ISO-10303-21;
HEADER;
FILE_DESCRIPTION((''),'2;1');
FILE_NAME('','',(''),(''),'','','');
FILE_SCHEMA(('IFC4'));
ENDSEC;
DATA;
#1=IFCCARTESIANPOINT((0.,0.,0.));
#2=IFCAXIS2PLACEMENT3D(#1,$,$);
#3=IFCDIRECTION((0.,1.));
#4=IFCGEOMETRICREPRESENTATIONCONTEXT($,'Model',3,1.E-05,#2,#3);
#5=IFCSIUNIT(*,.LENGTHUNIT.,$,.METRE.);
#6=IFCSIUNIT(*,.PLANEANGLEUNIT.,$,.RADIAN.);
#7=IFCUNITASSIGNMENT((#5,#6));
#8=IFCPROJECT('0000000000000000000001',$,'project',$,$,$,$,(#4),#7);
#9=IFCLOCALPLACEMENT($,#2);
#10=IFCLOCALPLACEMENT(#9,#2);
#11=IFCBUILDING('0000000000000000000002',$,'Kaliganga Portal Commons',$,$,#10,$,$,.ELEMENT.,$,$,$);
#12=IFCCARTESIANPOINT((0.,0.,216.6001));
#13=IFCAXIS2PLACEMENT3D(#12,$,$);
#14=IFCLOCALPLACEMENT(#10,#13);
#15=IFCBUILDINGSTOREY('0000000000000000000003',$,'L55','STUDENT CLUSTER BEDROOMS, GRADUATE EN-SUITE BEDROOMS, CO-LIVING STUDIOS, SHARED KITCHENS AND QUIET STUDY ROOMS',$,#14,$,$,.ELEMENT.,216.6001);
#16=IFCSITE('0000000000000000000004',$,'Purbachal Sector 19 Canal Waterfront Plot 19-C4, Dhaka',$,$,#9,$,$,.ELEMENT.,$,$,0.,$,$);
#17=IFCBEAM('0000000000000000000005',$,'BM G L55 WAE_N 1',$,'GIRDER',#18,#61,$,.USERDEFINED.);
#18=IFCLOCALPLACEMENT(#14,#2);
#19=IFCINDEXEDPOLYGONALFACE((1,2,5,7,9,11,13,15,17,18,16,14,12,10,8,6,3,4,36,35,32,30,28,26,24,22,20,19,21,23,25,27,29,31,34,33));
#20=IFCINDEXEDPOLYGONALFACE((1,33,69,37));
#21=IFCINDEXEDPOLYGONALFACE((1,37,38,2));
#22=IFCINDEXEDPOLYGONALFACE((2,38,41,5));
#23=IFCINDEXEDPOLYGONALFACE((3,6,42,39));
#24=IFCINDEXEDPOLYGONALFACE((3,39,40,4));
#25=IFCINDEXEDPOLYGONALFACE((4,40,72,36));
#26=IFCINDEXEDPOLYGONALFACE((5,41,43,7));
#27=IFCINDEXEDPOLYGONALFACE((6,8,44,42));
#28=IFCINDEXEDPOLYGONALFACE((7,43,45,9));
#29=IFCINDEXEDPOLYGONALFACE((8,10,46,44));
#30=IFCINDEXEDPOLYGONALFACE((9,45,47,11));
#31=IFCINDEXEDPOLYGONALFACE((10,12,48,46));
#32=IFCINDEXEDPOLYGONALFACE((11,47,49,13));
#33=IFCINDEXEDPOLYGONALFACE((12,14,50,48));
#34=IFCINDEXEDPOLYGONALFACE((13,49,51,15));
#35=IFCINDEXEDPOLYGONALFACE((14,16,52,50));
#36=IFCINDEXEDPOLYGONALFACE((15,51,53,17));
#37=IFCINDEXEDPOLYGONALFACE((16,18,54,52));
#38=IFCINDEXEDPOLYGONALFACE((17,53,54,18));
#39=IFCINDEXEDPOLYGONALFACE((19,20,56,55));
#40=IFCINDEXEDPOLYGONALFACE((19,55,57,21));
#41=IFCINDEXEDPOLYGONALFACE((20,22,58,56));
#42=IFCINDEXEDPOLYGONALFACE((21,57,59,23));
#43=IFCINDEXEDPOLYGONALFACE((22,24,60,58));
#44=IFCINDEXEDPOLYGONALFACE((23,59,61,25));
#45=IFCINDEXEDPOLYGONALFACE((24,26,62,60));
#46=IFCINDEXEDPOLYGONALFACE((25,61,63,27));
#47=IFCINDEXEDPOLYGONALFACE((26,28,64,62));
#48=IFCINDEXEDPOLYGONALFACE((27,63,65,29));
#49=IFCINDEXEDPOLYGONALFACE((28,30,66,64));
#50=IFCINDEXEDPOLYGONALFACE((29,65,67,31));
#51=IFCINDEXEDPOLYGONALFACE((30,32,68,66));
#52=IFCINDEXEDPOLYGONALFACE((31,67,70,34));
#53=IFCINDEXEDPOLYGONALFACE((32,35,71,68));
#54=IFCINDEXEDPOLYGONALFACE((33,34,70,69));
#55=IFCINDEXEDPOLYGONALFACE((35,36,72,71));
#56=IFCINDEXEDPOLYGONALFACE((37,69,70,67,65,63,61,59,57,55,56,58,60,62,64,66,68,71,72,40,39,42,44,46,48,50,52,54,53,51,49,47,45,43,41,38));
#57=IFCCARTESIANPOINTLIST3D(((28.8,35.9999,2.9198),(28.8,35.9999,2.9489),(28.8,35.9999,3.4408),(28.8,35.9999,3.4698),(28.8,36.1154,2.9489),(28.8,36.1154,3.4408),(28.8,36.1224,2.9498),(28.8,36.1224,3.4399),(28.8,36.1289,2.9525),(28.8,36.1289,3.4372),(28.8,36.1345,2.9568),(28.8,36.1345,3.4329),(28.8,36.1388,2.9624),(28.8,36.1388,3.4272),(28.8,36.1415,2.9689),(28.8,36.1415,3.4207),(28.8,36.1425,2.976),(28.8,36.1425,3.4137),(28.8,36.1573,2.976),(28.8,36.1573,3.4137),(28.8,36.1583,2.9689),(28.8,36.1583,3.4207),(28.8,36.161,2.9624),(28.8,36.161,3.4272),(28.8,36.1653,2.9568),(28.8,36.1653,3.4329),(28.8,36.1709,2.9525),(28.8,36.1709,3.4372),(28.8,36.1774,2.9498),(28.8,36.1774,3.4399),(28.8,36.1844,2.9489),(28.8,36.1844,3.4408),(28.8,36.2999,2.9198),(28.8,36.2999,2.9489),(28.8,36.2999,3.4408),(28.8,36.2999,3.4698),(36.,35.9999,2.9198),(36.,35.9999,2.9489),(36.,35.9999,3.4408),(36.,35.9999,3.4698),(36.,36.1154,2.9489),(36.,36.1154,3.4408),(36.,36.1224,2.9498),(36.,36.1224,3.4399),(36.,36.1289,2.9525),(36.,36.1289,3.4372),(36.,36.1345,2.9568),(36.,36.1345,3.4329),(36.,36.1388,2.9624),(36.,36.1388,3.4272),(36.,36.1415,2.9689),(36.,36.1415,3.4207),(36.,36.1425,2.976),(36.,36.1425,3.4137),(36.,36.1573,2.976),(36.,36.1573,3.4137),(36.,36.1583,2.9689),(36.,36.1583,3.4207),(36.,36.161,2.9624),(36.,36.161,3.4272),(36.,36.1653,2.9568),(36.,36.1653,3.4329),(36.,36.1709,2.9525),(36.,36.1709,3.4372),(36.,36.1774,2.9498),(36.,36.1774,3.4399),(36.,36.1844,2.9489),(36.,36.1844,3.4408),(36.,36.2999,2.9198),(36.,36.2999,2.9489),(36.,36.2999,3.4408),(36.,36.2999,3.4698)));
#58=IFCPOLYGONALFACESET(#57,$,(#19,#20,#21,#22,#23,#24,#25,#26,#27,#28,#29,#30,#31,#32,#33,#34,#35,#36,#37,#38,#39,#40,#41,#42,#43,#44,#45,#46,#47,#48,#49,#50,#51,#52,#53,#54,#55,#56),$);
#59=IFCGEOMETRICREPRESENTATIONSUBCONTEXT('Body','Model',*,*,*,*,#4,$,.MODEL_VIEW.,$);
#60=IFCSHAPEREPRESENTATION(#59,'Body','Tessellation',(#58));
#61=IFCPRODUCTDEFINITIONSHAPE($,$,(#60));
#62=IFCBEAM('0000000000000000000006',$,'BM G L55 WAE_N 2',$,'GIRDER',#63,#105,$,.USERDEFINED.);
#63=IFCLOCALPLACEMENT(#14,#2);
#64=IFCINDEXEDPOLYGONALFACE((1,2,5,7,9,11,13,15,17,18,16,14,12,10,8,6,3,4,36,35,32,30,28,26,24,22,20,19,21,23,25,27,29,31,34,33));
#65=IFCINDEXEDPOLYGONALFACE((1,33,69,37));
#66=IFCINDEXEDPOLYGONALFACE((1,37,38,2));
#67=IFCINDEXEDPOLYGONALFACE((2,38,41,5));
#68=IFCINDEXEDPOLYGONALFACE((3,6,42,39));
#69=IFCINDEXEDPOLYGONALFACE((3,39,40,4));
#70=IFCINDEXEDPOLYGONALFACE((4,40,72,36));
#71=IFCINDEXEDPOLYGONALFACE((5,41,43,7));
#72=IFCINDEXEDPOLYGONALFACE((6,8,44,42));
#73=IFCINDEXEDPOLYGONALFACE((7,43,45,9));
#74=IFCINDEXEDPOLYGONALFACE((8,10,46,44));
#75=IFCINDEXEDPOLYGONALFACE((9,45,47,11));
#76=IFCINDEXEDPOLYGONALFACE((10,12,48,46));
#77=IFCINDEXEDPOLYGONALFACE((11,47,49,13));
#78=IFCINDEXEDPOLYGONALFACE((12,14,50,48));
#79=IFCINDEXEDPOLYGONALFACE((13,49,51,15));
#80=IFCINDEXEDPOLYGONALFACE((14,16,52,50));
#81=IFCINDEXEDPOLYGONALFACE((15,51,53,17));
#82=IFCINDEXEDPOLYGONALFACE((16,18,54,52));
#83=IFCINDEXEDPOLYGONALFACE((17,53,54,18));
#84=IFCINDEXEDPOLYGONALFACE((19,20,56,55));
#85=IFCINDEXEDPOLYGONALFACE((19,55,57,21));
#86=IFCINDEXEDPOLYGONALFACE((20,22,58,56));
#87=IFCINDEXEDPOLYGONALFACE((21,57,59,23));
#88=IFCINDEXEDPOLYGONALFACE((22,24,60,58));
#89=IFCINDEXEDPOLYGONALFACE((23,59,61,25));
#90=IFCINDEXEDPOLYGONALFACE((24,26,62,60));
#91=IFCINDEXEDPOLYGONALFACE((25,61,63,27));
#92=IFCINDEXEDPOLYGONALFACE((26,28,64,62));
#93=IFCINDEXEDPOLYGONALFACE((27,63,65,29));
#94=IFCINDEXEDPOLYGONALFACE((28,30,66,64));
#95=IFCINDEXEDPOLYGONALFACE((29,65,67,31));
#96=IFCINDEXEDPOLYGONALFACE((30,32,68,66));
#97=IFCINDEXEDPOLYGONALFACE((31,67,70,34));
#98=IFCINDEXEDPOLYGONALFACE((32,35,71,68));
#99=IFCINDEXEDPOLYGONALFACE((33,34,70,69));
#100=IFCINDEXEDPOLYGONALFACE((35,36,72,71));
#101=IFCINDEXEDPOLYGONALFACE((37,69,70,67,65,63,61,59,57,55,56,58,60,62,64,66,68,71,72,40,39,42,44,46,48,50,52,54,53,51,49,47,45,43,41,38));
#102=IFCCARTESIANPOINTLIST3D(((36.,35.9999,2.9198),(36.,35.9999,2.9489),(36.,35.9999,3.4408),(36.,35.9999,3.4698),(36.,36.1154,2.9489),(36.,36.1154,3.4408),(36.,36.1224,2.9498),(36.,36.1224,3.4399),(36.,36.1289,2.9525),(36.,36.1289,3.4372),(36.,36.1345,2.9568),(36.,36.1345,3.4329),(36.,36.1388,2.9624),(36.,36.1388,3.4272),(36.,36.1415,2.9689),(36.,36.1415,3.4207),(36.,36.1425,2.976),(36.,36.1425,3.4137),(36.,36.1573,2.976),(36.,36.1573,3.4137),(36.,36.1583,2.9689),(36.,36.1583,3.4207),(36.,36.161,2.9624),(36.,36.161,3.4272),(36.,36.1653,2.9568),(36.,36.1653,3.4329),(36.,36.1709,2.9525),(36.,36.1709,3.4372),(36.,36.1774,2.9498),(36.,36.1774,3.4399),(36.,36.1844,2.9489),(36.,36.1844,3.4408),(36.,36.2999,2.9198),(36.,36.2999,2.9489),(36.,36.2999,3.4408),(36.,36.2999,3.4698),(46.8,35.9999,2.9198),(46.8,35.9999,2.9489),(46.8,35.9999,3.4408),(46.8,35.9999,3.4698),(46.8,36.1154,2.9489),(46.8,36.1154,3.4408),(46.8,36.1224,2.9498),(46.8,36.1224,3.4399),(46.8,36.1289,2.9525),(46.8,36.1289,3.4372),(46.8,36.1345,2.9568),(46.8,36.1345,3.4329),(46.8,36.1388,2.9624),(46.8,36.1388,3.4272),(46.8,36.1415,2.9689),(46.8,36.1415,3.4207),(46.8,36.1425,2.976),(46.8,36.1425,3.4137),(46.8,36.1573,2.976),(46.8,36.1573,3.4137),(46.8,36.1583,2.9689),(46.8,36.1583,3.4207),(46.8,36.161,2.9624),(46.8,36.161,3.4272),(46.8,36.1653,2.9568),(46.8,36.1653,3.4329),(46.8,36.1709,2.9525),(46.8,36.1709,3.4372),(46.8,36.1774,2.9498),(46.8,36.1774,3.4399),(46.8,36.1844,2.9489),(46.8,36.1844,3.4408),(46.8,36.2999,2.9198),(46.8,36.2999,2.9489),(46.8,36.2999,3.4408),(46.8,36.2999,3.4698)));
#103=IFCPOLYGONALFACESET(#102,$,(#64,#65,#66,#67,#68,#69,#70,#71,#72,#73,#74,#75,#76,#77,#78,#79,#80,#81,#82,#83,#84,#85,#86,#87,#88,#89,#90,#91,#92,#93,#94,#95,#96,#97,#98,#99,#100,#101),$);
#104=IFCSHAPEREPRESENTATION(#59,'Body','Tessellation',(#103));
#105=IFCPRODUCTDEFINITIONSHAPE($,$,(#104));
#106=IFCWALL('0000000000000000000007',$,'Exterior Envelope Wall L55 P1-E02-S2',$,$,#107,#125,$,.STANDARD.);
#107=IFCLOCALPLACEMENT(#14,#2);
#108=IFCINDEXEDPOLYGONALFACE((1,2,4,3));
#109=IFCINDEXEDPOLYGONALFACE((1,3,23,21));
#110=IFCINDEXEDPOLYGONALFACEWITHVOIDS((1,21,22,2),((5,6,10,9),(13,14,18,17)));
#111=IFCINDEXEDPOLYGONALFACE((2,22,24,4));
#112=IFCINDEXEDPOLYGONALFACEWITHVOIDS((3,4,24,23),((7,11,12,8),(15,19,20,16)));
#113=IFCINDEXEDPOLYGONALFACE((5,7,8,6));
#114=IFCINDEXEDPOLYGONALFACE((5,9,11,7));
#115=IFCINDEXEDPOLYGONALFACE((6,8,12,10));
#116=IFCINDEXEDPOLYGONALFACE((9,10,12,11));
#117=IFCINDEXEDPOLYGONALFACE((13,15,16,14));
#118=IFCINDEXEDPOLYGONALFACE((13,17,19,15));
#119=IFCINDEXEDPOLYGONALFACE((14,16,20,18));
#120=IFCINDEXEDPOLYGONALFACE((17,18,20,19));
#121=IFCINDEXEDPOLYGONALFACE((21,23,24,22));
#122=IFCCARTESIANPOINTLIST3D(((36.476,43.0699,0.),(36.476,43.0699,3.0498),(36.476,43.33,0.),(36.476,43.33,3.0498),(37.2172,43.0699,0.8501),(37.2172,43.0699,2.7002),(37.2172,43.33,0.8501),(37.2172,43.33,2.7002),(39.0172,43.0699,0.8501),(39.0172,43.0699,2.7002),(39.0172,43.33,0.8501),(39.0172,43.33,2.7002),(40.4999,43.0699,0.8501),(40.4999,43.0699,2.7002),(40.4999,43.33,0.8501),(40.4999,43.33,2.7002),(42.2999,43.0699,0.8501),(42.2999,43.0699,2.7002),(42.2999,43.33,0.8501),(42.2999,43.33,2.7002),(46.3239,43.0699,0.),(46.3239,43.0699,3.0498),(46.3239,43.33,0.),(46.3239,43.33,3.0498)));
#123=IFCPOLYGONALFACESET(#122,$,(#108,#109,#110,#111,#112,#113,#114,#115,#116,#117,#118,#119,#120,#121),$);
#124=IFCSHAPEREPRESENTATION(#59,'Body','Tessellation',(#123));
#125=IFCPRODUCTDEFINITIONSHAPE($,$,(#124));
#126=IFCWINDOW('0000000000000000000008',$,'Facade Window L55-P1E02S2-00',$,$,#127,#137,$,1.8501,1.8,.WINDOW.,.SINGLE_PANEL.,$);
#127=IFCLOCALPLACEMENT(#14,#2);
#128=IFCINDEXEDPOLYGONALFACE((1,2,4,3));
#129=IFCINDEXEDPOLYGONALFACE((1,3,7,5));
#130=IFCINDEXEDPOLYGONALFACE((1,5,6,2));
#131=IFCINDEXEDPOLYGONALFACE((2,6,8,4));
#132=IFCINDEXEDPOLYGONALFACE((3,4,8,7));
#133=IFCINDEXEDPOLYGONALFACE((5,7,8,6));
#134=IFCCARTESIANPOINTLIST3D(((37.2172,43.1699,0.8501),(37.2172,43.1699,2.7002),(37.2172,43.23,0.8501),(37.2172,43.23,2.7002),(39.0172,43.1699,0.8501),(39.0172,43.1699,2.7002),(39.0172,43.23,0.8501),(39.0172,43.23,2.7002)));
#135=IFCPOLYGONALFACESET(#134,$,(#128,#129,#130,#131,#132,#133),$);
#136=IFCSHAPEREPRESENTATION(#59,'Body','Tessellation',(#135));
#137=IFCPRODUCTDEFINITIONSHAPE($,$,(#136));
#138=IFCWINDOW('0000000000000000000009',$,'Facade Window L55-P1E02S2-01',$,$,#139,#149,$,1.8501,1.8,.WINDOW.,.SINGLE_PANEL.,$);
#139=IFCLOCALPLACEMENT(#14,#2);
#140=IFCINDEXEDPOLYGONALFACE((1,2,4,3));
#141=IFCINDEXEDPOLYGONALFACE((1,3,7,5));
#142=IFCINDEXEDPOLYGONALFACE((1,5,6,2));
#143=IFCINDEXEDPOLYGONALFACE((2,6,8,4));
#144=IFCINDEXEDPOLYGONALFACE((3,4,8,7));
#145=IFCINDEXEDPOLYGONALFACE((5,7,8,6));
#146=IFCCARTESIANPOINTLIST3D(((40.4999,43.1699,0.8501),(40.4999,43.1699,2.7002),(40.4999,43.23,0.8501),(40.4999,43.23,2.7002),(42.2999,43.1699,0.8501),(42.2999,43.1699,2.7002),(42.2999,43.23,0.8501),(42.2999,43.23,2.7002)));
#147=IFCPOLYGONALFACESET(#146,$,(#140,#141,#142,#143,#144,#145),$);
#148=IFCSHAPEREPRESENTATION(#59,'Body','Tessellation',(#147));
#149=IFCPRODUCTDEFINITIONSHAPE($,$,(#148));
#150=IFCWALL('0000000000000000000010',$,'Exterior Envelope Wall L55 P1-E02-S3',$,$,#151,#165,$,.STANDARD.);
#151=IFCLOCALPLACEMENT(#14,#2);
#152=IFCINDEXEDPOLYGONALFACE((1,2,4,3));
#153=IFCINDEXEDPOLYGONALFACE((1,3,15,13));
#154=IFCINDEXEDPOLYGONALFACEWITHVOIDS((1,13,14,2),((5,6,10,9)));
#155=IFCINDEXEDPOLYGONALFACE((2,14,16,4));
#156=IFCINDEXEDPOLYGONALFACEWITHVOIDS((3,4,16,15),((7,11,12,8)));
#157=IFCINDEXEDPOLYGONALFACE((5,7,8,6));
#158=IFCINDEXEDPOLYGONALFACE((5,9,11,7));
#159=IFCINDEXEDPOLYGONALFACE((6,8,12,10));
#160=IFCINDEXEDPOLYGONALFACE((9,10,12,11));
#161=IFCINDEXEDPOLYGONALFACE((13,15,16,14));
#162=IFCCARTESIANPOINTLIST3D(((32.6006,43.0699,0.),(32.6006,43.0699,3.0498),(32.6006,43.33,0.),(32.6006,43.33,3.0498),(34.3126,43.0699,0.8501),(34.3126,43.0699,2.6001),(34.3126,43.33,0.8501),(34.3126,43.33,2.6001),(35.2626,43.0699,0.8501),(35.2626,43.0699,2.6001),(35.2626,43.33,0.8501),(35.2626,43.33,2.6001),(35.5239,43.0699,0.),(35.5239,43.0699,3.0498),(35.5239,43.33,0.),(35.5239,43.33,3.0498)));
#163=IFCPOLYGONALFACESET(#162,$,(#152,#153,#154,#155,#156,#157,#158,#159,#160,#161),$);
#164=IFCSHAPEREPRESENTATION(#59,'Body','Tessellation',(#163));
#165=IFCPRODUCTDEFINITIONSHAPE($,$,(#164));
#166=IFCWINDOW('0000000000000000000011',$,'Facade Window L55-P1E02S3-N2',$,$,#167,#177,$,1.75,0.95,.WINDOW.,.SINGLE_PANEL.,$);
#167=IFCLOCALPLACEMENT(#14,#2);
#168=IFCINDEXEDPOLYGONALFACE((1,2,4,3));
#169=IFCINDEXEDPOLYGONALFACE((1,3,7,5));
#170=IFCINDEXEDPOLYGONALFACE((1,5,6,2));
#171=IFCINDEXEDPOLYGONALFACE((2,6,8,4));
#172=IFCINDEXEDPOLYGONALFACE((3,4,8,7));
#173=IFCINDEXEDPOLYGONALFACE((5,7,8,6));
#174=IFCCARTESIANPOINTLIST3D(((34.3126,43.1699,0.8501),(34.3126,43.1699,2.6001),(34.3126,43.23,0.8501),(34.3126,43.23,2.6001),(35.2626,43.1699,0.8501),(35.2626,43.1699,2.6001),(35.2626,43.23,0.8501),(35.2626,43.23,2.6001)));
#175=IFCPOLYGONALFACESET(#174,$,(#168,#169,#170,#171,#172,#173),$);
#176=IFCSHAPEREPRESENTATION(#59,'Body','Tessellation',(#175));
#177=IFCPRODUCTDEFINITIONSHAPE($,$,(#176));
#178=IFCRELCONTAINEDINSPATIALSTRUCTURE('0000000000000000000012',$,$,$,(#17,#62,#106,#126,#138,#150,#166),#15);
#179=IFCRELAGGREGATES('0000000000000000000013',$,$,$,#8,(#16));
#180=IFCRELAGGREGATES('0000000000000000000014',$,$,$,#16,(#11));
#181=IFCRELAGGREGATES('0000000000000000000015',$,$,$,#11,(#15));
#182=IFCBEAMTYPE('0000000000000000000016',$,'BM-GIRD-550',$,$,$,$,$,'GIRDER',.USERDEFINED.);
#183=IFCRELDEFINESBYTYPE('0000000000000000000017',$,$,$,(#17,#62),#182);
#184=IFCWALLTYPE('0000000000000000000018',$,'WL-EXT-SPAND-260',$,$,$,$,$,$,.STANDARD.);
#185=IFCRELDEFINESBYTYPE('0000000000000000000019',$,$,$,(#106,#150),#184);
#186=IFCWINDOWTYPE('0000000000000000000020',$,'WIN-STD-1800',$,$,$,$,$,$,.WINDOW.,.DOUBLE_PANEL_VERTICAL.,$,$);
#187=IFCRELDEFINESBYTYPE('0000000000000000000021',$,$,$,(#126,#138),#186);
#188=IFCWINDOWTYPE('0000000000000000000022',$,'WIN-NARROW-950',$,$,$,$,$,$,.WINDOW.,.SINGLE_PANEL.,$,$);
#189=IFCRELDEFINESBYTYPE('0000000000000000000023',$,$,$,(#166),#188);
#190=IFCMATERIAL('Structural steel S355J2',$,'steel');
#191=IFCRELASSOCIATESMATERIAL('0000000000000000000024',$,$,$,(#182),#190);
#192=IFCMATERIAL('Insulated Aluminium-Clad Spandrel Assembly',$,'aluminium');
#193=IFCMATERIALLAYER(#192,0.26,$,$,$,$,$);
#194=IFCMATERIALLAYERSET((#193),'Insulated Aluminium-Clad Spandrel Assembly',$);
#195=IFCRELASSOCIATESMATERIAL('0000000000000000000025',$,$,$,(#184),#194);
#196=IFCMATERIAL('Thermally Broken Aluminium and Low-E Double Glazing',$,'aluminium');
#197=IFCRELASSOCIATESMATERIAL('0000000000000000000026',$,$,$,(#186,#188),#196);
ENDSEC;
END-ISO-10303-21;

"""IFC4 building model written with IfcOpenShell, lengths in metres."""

from ifc_helpers import new_model, si_unit, direction, frame, frame_2d, origin, origin_2d, place, context, subcontext, project, spatial, rectangle, i_section, extrude, source, transform, mapped, material, layer, layer_set, material_profile, profile_set, type_object, element, fill, save


model = new_model("IFC4")

# Units and contexts
model_context = context("Model", 3, precision=1e-05, world=origin(), true_north=direction((0.0, 1.0)))
body_context = subcontext(model_context, "Body", "Model", "MODEL_VIEW")
ifc_project = project(units=[si_unit("LENGTHUNIT", "METRE"), si_unit("PLANEANGLEUNIT", "RADIAN")], contexts=[model_context])

# Site, building, storey
site_placement = place(None, origin())
site = spatial("IfcSite", under=ifc_project, at=site_placement, Name="Purbachal Sector 19 Canal Waterfront Plot 19-C4, Dhaka", CompositionType="ELEMENT", RefElevation=0.0)
building_placement = place(site_placement, origin())
building = spatial("IfcBuilding", under=site, at=building_placement, Name="Kaliganga Portal Commons", CompositionType="ELEMENT")
storey_placement = place(building_placement, frame((0.0, 0.0, 216.6001)))
storey = spatial("IfcBuildingStorey", under=building, at=storey_placement, Name="L55", Description="STUDENT CLUSTER BEDROOMS, GRADUATE EN-SUITE BEDROOMS, CO-LIVING STUDIOS, SHARED KITCHENS AND QUIET STUDY ROOMS", CompositionType="ELEMENT", Elevation=216.6001)

# Shared definitions
ifc_material_1 = material(Name="Structural steel S355J2", Category="steel")

# Beams
ifc_material_profile_1 = material_profile(ifc_material_1, i_section(OverallWidth=0.3, OverallDepth=0.55, WebThickness=0.0149, FlangeThickness=0.0291, FilletRadius=0.0271, at=origin_2d()), Name="HE 550 B")
ifc_profile_set_1 = profile_set([ifc_material_profile_1], Name="Structural steel S355J2 wide-flange")
beam_type_1 = type_object("IfcBeamType", Name="BM-GIRD-550", ElementType="GIRDER", PredefinedType="USERDEFINED", material=ifc_profile_set_1)
shared_shape_1 = source(origin(), body_context, "Body", "SweptSolid", [
    extrude(i_section(OverallWidth=0.3, OverallDepth=0.55, WebThickness=0.0149, FlangeThickness=0.0291, FilletRadius=0.0271, at=origin_2d()), origin(), (0.0, 0.0, 1.0), 7.2),
])
beam_1_placement = place(storey_placement, frame((28.8, 36.1499, 3.1948), z_axis=(1.0, 0.0, 0.0), x_axis=(0.0, 1.0, 0.0)))
element("IfcBeam", 1, at=beam_1_placement, inside=storey, type_object=beam_type_1, Name="BM G L55 WAE_N 1", ObjectType="GIRDER", PredefinedType="USERDEFINED", context=body_context, shape_type="MappedRepresentation", body=[
    mapped(shared_shape_1, transform((0.0, 0.0, 0.0), x_axis=(1.0, 0.0, 0.0), y_axis=(0.0, 1.0, 0.0), z_axis=(0.0, 0.0, 1.0), scale=1.0)),
])
shared_shape_2 = source(origin(), body_context, "Body", "SweptSolid", [
    extrude(i_section(OverallWidth=0.3, OverallDepth=0.55, WebThickness=0.0149, FlangeThickness=0.0291, FilletRadius=0.0271, at=origin_2d()), origin(), (0.0, 0.0, 1.0), 10.8),
])
beam_2_placement = place(storey_placement, frame((36.0, 36.1499, 3.1948), z_axis=(1.0, 0.0, 0.0), x_axis=(0.0, 1.0, 0.0)))
element("IfcBeam", 2, at=beam_2_placement, inside=storey, type_object=beam_type_1, Name="BM G L55 WAE_N 2", ObjectType="GIRDER", PredefinedType="USERDEFINED", context=body_context, shape_type="MappedRepresentation", body=[
    mapped(shared_shape_2, transform((0.0, 0.0, 0.0), x_axis=(1.0, 0.0, 0.0), y_axis=(0.0, 1.0, 0.0), z_axis=(0.0, 0.0, 1.0), scale=1.0)),
])

# Wall, openings, windows
ifc_material_2 = material(Name="Insulated Aluminium-Clad Spandrel Assembly", Category="aluminium")
ifc_layer_1 = layer(ifc_material_2, 0.26)
ifc_layer_set_1 = layer_set([ifc_layer_1], Name="Insulated Aluminium-Clad Spandrel Assembly")
wall_type_1 = type_object("IfcWallType", Name="WL-EXT-SPAND-260", PredefinedType="STANDARD", material=ifc_layer_set_1)
wall_1_placement = place(storey_placement, frame((36.4761, 43.2, 0.0), z_axis=(0.0, 0.0, 1.0), x_axis=(1.0, 0.0, 0.0)))
wall_1 = element("IfcWall", 3, at=wall_1_placement, inside=storey, type_object=wall_type_1, Name="Exterior Envelope Wall L55 P1-E02-S2", PredefinedType="STANDARD", context=body_context, shape_type="SweptSolid", body=[
    extrude(rectangle(XDim=9.8479, YDim=0.26, at=frame_2d((4.9238, 0.0))), origin(), (0.0, 0.0, 1.0), 3.0498),
])
opening_1_placement = place(wall_1_placement, frame((0.7412, 0.0, 0.8501)))
opening_1 = element("IfcOpeningElement", 4, at=opening_1_placement, cuts=wall_1, PredefinedType="OPENING", context=body_context, shape_type="SweptSolid", body=[
    extrude(rectangle(XDim=1.8, YDim=1.8501, at=frame_2d((0.8999, 0.925))), frame((0.0, 0.1401, 0.0), z_axis=(0.0, -1.0, 0.0), x_axis=(1.0, 0.0, 0.0)), (0.0, 0.0, 1.0), 0.28),
])
opening_2_placement = place(wall_1_placement, frame((4.0239, 0.0, 0.8501)))
opening_2 = element("IfcOpeningElement", 5, at=opening_2_placement, cuts=wall_1, PredefinedType="OPENING", context=body_context, shape_type="SweptSolid", body=[
    extrude(rectangle(XDim=1.8, YDim=1.8501, at=frame_2d((0.8999, 0.925))), frame((0.0, 0.1401, 0.0), z_axis=(0.0, -1.0, 0.0), x_axis=(1.0, 0.0, 0.0)), (0.0, 0.0, 1.0), 0.28),
])
ifc_material_3 = material(Name="Thermally Broken Aluminium and Low-E Double Glazing", Category="aluminium")
window_type_1 = type_object("IfcWindowType", Name="WIN-STD-1800", PartitioningType="DOUBLE_PANEL_VERTICAL", PredefinedType="WINDOW", material=ifc_material_3)
window_1_placement = place(opening_1_placement, origin())
window_1 = element("IfcWindow", 6, at=window_1_placement, inside=storey, type_object=window_type_1, Name="Facade Window L55-P1E02S2-00", OverallHeight=1.8501, OverallWidth=1.8, PartitioningType="SINGLE_PANEL", PredefinedType="WINDOW", context=body_context, shape_type="SweptSolid", body=[
    extrude(rectangle(XDim=1.8, YDim=1.8501, at=frame_2d((0.8999, 0.925))), frame((0.0, 0.03, 0.0), z_axis=(0.0, -1.0, 0.0), x_axis=(1.0, 0.0, 0.0)), (0.0, 0.0, 1.0), 0.0601),
])
fill(opening_1, window_1)
window_2_placement = place(opening_2_placement, origin())
window_2 = element("IfcWindow", 7, at=window_2_placement, inside=storey, type_object=window_type_1, Name="Facade Window L55-P1E02S2-01", OverallHeight=1.8501, OverallWidth=1.8, PartitioningType="SINGLE_PANEL", PredefinedType="WINDOW", context=body_context, shape_type="SweptSolid", body=[
    extrude(rectangle(XDim=1.8, YDim=1.8501, at=frame_2d((0.8999, 0.925))), frame((0.0, 0.03, 0.0), z_axis=(0.0, -1.0, 0.0), x_axis=(1.0, 0.0, 0.0)), (0.0, 0.0, 1.0), 0.0601),
])
fill(opening_2, window_2)

# Wall, opening, window
wall_2_placement = place(storey_placement, frame((32.6006, 43.2, 0.0), z_axis=(0.0, 0.0, 1.0), x_axis=(1.0, 0.0, 0.0)))
wall_2 = element("IfcWall", 8, at=wall_2_placement, inside=storey, type_object=wall_type_1, Name="Exterior Envelope Wall L55 P1-E02-S3", PredefinedType="STANDARD", context=body_context, shape_type="SweptSolid", body=[
    extrude(rectangle(XDim=2.9233, YDim=0.26, at=frame_2d((1.4617, 0.0))), origin(), (0.0, 0.0, 1.0), 3.0498),
])
opening_3_placement = place(wall_2_placement, frame((1.7119, 0.0, 0.8501)))
opening_3 = element("IfcOpeningElement", 9, at=opening_3_placement, cuts=wall_2, PredefinedType="OPENING", context=body_context, shape_type="SweptSolid", body=[
    extrude(rectangle(XDim=0.95, YDim=1.75, at=frame_2d((0.4751, 0.875))), frame((0.0, 0.1401, 0.0), z_axis=(0.0, -1.0, 0.0), x_axis=(1.0, 0.0, 0.0)), (0.0, 0.0, 1.0), 0.28),
])
window_type_2 = type_object("IfcWindowType", Name="WIN-NARROW-950", PartitioningType="SINGLE_PANEL", PredefinedType="WINDOW", material=ifc_material_3)
window_3_placement = place(opening_3_placement, origin())
window_3 = element("IfcWindow", 10, at=window_3_placement, inside=storey, type_object=window_type_2, Name="Facade Window L55-P1E02S3-N2", OverallHeight=1.75, OverallWidth=0.95, PartitioningType="SINGLE_PANEL", PredefinedType="WINDOW", context=body_context, shape_type="SweptSolid", body=[
    extrude(rectangle(XDim=0.95, YDim=1.75, at=frame_2d((0.4751, 0.875))), frame((0.0, 0.03, 0.0), z_axis=(0.0, -1.0, 0.0), x_axis=(1.0, 0.0, 0.0)), (0.0, 0.0, 1.0), 0.0601),
])
fill(opening_3, window_3)

save(model, "model.ifc")
